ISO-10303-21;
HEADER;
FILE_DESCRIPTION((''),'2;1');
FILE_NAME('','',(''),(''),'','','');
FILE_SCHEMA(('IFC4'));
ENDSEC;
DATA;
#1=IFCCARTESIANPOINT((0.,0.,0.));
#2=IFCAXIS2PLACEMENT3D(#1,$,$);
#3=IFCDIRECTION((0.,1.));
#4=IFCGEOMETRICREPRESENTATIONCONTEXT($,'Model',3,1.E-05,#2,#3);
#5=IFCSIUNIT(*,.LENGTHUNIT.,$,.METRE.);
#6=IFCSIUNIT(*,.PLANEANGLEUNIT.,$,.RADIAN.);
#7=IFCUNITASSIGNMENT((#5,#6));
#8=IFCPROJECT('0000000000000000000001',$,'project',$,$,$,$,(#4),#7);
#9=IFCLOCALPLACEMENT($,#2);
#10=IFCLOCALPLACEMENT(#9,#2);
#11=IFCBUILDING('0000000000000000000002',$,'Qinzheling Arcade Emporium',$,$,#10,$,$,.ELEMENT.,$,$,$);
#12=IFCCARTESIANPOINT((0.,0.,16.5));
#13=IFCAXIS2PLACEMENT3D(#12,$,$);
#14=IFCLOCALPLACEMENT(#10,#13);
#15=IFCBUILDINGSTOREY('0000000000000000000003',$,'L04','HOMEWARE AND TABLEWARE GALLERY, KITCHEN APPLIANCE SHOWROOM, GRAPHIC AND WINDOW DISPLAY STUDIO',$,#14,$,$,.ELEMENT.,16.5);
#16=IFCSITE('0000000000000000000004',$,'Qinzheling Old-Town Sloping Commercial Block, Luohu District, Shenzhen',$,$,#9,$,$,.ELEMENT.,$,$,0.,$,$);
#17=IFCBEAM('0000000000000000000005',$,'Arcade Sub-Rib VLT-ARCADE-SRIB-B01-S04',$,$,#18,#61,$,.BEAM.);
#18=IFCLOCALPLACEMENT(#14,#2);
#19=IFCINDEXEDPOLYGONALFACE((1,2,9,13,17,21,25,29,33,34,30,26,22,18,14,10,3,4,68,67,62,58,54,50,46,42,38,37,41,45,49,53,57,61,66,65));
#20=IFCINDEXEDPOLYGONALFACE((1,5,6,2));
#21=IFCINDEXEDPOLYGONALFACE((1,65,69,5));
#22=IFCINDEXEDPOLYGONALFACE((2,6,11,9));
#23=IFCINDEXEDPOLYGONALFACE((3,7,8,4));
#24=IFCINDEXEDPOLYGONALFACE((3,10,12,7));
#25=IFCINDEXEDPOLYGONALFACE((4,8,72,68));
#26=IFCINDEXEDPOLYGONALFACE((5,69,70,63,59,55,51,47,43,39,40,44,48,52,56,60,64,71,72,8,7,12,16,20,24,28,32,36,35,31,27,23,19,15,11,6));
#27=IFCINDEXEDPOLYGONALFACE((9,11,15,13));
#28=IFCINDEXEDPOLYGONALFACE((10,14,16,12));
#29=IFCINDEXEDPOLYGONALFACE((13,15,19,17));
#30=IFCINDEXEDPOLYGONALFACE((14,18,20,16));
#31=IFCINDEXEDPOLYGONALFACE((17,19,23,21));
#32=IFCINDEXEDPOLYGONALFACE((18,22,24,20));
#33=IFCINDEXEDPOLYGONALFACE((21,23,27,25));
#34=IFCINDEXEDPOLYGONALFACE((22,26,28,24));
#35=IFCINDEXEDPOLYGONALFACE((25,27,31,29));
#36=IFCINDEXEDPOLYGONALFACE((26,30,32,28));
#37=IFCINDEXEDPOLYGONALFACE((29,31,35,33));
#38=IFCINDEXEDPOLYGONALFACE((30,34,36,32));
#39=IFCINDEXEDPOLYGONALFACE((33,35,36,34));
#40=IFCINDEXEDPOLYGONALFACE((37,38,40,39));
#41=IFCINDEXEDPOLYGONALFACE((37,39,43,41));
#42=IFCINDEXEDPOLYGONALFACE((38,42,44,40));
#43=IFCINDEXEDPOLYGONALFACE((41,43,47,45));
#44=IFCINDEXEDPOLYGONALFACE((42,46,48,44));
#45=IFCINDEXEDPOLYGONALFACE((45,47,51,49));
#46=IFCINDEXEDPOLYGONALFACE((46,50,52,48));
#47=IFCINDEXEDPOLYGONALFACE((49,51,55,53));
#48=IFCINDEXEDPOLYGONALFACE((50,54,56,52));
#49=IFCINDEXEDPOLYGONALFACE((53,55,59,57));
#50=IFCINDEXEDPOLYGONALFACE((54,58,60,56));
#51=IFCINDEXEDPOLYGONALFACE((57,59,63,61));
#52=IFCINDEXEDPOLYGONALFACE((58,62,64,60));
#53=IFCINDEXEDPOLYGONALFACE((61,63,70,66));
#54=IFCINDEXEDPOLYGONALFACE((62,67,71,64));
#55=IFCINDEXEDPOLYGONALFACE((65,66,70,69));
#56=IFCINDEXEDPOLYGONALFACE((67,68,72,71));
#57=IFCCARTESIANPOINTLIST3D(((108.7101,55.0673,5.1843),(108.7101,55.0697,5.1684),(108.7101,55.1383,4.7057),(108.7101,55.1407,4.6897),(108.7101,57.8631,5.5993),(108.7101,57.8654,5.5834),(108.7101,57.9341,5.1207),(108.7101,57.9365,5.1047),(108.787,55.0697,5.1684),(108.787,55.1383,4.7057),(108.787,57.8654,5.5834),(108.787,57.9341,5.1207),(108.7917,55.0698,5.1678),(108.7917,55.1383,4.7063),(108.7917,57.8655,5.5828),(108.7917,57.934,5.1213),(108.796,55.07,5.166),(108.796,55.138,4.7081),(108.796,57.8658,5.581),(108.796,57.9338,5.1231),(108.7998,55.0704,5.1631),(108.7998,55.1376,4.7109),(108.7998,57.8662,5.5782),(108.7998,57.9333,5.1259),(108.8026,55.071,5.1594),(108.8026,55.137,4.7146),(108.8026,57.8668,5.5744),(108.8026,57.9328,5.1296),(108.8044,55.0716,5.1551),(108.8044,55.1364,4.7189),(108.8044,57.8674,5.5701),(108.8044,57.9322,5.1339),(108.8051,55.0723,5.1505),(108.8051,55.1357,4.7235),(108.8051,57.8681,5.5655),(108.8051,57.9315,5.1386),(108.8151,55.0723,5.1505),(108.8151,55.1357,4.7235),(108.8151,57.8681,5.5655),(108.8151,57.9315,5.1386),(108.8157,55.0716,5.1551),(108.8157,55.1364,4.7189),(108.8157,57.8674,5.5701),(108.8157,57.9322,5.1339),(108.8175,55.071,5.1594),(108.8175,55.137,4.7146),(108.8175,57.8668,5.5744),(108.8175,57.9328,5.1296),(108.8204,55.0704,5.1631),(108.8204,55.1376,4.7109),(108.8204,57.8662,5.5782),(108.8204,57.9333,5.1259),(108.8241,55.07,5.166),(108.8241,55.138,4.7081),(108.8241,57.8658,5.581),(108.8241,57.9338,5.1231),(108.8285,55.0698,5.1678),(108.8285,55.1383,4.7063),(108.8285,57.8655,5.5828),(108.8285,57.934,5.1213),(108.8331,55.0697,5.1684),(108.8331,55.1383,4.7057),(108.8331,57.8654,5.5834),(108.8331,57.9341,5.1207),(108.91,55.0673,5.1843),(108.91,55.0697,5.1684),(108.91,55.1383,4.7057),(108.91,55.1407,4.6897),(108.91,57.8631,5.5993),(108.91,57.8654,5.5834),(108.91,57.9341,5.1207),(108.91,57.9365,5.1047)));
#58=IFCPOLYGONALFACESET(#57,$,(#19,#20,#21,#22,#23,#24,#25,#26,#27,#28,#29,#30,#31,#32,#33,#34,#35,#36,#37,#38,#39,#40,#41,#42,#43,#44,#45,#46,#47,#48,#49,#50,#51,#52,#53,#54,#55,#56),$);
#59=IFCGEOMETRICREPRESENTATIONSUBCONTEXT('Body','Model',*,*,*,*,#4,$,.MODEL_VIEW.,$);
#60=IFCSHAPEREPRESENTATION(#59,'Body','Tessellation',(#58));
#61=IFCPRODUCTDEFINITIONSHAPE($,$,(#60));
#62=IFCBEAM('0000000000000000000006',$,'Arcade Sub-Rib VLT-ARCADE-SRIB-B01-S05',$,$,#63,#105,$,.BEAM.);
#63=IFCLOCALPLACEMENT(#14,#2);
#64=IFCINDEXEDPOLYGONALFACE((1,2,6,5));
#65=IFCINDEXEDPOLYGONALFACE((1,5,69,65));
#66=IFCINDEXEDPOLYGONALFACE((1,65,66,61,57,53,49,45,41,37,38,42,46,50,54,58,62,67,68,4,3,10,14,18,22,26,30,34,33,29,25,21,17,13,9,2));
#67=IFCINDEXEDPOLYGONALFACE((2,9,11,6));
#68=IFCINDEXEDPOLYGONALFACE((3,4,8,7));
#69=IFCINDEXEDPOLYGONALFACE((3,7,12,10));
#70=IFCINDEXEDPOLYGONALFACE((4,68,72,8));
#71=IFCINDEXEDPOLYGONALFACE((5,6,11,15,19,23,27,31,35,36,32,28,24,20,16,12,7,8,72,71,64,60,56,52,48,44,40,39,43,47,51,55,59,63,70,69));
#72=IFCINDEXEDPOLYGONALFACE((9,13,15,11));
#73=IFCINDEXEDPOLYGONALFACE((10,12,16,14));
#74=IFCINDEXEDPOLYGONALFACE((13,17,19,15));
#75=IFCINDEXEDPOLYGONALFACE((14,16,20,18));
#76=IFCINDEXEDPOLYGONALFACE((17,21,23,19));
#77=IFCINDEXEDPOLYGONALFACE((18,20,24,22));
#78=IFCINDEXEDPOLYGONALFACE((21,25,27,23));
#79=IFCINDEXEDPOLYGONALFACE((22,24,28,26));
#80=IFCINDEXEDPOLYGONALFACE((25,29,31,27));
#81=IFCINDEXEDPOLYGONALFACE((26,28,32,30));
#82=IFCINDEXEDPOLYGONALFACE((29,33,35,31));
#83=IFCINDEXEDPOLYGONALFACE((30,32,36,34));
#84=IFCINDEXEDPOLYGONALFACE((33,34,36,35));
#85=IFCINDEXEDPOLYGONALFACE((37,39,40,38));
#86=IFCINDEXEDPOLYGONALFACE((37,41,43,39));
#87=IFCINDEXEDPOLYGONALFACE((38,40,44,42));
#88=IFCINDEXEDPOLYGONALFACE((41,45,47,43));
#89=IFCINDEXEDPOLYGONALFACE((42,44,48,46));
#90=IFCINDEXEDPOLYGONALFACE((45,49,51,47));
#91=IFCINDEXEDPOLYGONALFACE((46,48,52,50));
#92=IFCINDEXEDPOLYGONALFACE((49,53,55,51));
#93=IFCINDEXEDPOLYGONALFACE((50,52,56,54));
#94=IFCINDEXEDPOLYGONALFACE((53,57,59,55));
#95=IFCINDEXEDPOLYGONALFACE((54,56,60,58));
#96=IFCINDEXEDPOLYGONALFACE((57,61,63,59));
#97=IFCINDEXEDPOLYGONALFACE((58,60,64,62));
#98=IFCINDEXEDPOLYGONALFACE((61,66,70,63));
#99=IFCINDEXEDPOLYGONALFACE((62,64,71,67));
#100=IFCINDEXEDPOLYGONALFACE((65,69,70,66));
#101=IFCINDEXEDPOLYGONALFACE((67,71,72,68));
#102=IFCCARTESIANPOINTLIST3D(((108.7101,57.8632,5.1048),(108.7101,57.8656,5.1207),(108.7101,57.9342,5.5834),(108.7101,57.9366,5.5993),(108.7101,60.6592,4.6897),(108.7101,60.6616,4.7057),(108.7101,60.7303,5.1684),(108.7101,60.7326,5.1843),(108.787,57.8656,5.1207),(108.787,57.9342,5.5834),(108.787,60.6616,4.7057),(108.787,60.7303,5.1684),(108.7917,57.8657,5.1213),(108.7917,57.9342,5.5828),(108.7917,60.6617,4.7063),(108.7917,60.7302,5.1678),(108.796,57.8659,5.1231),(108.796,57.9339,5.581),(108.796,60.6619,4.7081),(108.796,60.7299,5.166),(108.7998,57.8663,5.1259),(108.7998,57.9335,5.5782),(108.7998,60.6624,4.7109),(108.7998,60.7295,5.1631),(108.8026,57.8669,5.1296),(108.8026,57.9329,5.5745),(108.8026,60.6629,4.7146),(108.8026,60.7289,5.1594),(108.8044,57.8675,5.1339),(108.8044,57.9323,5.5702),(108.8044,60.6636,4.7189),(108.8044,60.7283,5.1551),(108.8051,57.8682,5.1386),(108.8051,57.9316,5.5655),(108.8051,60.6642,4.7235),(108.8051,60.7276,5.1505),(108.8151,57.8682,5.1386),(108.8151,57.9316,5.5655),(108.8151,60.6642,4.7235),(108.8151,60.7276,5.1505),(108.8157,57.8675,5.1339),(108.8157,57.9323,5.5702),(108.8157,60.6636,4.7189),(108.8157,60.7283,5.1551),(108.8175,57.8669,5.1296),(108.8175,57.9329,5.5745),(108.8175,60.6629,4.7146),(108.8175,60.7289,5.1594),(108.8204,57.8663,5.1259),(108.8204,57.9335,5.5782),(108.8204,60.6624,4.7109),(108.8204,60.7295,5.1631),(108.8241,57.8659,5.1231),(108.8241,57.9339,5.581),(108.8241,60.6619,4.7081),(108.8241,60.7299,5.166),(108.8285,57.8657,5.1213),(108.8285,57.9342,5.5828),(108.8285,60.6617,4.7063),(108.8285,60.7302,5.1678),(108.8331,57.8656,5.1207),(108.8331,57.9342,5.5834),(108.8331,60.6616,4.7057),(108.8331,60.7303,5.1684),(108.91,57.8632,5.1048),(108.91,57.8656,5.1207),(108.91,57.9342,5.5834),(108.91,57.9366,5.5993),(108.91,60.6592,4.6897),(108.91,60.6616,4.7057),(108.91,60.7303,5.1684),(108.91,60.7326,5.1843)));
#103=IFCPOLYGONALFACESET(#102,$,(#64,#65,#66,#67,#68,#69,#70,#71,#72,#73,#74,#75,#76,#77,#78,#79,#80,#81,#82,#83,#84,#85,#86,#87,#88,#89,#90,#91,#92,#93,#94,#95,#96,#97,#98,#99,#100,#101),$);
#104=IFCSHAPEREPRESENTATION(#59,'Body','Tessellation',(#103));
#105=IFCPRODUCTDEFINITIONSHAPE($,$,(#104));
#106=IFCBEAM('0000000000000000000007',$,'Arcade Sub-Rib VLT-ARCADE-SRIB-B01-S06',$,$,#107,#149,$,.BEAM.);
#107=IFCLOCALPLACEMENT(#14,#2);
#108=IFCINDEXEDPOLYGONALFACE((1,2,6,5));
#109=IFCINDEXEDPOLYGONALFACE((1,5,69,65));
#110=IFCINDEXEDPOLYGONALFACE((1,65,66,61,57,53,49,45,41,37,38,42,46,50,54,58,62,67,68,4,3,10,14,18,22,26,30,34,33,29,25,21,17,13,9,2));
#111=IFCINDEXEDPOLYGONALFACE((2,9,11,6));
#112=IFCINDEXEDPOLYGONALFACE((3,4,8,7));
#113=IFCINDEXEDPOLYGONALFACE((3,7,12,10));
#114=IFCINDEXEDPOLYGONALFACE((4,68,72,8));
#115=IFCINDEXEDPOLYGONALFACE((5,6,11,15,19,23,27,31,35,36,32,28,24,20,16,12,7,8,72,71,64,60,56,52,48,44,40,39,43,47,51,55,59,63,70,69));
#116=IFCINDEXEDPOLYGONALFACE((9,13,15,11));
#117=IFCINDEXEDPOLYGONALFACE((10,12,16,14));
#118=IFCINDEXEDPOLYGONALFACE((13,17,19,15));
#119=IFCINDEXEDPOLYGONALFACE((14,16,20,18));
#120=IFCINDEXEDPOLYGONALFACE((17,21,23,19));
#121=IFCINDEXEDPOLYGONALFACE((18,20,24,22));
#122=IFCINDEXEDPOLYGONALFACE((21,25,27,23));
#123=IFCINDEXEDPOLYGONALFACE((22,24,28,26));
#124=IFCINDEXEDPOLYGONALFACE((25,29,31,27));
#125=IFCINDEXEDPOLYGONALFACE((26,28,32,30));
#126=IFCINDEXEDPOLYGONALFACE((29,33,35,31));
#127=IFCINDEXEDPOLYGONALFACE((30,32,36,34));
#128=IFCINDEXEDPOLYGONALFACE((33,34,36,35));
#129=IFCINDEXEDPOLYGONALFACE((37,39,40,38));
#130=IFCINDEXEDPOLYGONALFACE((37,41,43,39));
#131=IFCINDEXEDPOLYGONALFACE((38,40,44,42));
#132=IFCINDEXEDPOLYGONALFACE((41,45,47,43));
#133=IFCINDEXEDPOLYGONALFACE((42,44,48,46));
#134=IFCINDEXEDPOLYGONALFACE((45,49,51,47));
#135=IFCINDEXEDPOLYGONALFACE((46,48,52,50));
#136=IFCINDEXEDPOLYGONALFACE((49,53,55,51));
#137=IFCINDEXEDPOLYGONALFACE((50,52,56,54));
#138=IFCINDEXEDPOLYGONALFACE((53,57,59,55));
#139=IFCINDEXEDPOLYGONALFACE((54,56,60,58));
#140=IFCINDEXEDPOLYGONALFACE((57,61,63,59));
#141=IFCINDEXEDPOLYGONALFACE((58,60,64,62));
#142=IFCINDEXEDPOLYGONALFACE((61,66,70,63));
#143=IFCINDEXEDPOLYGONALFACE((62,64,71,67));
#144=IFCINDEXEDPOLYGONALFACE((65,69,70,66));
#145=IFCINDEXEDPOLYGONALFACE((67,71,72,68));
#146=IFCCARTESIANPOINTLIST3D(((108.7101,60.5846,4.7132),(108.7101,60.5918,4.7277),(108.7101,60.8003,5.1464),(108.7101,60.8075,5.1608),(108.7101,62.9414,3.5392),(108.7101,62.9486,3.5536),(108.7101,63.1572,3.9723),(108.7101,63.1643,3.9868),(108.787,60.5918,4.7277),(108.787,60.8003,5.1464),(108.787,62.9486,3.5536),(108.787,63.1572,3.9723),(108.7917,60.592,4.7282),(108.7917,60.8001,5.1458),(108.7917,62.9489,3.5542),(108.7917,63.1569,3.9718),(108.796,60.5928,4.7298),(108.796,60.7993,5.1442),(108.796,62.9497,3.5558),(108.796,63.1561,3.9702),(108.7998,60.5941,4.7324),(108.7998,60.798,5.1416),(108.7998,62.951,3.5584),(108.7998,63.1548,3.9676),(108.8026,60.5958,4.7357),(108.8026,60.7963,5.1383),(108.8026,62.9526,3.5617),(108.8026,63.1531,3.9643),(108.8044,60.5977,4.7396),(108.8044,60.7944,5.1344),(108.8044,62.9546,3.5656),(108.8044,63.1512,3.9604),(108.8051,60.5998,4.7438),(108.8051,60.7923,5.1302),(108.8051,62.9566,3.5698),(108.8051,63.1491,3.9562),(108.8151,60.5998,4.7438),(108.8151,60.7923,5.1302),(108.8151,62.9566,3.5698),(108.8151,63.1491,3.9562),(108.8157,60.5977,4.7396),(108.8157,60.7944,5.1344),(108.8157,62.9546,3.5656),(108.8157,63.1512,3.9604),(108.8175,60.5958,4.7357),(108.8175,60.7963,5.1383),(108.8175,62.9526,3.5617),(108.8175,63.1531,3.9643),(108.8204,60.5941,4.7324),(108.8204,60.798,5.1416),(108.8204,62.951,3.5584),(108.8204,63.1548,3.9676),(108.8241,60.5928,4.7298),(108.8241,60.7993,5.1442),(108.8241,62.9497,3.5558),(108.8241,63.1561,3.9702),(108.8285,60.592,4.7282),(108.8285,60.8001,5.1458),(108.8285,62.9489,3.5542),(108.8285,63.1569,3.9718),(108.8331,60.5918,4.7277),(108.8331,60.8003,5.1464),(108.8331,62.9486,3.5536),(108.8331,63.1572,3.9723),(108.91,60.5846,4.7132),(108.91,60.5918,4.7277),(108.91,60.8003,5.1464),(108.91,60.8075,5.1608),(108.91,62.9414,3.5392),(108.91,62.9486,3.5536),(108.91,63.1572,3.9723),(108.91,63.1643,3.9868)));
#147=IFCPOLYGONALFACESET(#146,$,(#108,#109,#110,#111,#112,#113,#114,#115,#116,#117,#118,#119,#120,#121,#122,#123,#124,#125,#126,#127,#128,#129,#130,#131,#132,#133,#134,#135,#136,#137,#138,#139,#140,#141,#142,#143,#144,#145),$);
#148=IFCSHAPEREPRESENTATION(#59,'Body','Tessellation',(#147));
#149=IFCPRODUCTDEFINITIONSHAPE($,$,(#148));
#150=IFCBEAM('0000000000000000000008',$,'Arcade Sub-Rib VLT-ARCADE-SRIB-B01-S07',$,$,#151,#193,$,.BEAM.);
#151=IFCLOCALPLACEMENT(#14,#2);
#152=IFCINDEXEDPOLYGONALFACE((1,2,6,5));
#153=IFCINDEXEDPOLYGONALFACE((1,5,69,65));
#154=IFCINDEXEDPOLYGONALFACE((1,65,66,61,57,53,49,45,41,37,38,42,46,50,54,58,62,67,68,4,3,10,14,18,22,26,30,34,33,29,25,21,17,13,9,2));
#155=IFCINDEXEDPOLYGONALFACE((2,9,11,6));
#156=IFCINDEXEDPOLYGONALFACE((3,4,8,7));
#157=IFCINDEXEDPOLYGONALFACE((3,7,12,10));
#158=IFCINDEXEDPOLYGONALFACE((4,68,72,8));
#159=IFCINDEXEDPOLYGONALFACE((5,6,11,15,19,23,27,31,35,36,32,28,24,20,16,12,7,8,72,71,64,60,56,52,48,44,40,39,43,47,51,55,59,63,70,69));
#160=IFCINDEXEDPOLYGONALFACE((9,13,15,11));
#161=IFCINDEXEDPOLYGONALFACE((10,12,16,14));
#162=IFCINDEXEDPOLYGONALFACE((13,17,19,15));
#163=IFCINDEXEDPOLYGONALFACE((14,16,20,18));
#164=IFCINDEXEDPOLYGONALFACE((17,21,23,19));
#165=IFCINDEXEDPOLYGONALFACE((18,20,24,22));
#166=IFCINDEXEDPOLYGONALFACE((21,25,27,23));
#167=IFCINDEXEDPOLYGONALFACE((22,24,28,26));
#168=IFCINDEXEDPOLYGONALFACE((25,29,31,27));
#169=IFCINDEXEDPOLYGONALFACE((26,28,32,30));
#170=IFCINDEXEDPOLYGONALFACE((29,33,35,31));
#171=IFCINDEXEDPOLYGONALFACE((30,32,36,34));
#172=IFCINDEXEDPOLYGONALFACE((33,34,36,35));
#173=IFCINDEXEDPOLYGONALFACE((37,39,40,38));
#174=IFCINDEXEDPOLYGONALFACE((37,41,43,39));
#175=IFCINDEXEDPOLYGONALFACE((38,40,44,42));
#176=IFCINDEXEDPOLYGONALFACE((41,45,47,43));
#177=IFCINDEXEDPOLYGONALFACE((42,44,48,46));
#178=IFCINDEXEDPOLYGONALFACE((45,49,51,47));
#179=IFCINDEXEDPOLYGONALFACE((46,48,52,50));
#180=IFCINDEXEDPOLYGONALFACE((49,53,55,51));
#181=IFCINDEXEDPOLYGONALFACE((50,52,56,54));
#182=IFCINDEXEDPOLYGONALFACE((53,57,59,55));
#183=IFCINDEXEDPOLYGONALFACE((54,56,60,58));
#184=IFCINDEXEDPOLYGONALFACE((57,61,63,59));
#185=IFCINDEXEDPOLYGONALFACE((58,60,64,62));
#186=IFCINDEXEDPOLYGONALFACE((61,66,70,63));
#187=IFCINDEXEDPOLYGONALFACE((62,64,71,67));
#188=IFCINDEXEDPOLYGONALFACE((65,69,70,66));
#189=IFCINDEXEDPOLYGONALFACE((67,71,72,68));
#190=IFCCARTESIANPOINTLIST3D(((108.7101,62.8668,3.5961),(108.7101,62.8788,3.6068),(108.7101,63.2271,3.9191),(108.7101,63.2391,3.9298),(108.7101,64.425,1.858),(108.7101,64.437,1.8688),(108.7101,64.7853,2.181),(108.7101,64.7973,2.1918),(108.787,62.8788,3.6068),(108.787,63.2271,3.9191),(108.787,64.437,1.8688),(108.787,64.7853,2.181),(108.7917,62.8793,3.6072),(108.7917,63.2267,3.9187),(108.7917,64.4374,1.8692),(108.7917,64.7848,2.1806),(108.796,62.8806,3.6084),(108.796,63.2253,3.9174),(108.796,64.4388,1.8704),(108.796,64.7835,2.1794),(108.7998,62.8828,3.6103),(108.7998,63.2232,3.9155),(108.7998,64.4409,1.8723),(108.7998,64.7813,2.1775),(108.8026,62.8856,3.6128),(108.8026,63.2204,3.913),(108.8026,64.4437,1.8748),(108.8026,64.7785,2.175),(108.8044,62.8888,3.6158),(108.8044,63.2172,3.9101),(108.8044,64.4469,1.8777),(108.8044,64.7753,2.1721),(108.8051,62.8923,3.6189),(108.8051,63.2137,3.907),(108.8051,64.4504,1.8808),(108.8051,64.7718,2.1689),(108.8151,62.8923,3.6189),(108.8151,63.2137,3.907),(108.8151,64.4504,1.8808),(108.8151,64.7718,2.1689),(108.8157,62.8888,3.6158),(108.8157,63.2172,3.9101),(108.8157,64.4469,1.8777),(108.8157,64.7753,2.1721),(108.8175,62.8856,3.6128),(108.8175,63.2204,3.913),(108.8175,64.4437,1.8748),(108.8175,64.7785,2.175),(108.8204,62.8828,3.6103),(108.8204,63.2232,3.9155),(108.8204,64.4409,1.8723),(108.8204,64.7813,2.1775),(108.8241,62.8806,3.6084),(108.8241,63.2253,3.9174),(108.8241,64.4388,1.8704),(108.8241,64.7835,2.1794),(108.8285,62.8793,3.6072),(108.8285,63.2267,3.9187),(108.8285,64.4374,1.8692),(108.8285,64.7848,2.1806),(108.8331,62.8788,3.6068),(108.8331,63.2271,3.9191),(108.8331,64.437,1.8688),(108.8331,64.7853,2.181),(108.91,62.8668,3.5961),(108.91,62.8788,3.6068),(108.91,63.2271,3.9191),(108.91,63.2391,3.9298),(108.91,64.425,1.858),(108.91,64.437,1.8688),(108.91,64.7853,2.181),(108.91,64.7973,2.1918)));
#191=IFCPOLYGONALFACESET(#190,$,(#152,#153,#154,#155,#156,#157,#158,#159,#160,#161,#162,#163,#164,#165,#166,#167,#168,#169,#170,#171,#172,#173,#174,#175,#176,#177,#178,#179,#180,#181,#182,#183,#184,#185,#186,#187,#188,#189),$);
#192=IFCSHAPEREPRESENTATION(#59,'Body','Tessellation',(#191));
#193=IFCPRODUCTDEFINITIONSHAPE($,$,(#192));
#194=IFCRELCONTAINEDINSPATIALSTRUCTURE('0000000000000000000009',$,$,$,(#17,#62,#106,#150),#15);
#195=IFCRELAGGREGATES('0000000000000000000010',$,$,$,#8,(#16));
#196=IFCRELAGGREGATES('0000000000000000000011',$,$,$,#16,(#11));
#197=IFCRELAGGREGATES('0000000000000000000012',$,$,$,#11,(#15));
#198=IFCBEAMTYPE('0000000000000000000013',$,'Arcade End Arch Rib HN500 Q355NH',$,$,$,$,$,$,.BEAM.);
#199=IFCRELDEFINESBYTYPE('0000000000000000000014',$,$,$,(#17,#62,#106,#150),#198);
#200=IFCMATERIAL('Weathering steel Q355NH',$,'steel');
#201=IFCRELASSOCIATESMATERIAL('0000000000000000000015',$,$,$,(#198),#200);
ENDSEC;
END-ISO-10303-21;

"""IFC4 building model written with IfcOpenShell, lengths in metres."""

from ifc_helpers import new_model, si_unit, direction, frame, origin, origin_2d, place, context, subcontext, project, spatial, i_section, extrude, material, material_profile, profile_set, type_object, element, save


model = new_model("IFC4")

# Units and contexts
model_context = context("Model", 3, precision=1e-05, world=origin(), true_north=direction((0.0, 1.0)))
body_context = subcontext(model_context, "Body", "Model", "MODEL_VIEW")
ifc_project = project(units=[si_unit("LENGTHUNIT", "METRE"), si_unit("PLANEANGLEUNIT", "RADIAN")], contexts=[model_context])

# Site, building, storey
site_placement = place(None, origin())
site = spatial("IfcSite", under=ifc_project, at=site_placement, Name="Qinzheling Old-Town Sloping Commercial Block, Luohu District, Shenzhen", CompositionType="ELEMENT", RefElevation=0.0)
building_placement = place(site_placement, origin())
building = spatial("IfcBuilding", under=site, at=building_placement, Name="Qinzheling Arcade Emporium", CompositionType="ELEMENT")
storey_placement = place(building_placement, frame((0.0, 0.0, 16.5)))
storey = spatial("IfcBuildingStorey", under=building, at=storey_placement, Name="L04", Description="HOMEWARE AND TABLEWARE GALLERY, KITCHEN APPLIANCE SHOWROOM, GRAPHIC AND WINDOW DISPLAY STUDIO", CompositionType="ELEMENT", Elevation=16.5)

# Beams
ifc_material_1 = material(Name="Weathering steel Q355NH", Category="steel")
ifc_material_profile_1 = material_profile(ifc_material_1, i_section(OverallWidth=0.2, OverallDepth=0.5, WebThickness=0.01, FlangeThickness=0.0161, FilletRadius=0.0181, at=origin_2d()), Name="HN 500x200x10x16", Category="steel")
ifc_profile_set_1 = profile_set([ifc_material_profile_1], Name="Weathering steel Q355NH")
beam_type_1 = type_object("IfcBeamType", Name="Arcade End Arch Rib HN500 Q355NH", PredefinedType="BEAM", material=ifc_profile_set_1)
beam_1_placement = place(storey_placement, frame((108.8101, 55.104, 4.937), z_axis=(0.0, 0.989161, 0.146837), x_axis=(-1.0, 0.0, 0.0)))
element("IfcBeam", 1, at=beam_1_placement, inside=storey, type_object=beam_type_1, Name="Arcade Sub-Rib VLT-ARCADE-SRIB-B01-S04", PredefinedType="BEAM", context=body_context, shape_type="SweptSolid", body=[
    extrude(i_section(OverallWidth=0.2, OverallDepth=0.5, WebThickness=0.01, FlangeThickness=0.0161, FilletRadius=0.0181, at=origin_2d()), origin(), (0.0, 0.0, 1.0), 2.8264),
])
beam_2_placement = place(storey_placement, frame((108.8101, 57.8999, 5.3521), z_axis=(0.0, 0.989163, -0.146824), x_axis=(-1.0, 0.0, 0.0)))
element("IfcBeam", 2, at=beam_2_placement, inside=storey, type_object=beam_type_1, Name="Arcade Sub-Rib VLT-ARCADE-SRIB-B01-S05", PredefinedType="BEAM", context=body_context, shape_type="SweptSolid", body=[
    extrude(i_section(OverallWidth=0.2, OverallDepth=0.5, WebThickness=0.01, FlangeThickness=0.0161, FilletRadius=0.0181, at=origin_2d()), origin(), (0.0, 0.0, 1.0), 2.8267),
])
beam_3_placement = place(storey_placement, frame((108.8101, 60.696, 4.937), z_axis=(0.0, 0.895094, -0.445878), x_axis=(-1.0, 0.0, 0.0)))
element("IfcBeam", 3, at=beam_3_placement, inside=storey, type_object=beam_type_1, Name="Arcade Sub-Rib VLT-ARCADE-SRIB-B01-S06", PredefinedType="BEAM", context=body_context, shape_type="SweptSolid", body=[
    extrude(i_section(OverallWidth=0.2, OverallDepth=0.5, WebThickness=0.01, FlangeThickness=0.0161, FilletRadius=0.0181, at=origin_2d()), origin(), (0.0, 0.0, 1.0), 2.6331),
])
beam_4_placement = place(storey_placement, frame((108.8101, 63.053, 3.7629), z_axis=(0.0, 0.667513, -0.744598), x_axis=(-1.0, 0.0, 0.0)))
element("IfcBeam", 4, at=beam_4_placement, inside=storey, type_object=beam_type_1, Name="Arcade Sub-Rib VLT-ARCADE-SRIB-B01-S07", PredefinedType="BEAM", context=body_context, shape_type="SweptSolid", body=[
    extrude(i_section(OverallWidth=0.2, OverallDepth=0.5, WebThickness=0.01, FlangeThickness=0.0161, FilletRadius=0.0181, at=origin_2d()), origin(), (0.0, 0.0, 1.0), 2.3342),
])

save(model, "model.ifc")
